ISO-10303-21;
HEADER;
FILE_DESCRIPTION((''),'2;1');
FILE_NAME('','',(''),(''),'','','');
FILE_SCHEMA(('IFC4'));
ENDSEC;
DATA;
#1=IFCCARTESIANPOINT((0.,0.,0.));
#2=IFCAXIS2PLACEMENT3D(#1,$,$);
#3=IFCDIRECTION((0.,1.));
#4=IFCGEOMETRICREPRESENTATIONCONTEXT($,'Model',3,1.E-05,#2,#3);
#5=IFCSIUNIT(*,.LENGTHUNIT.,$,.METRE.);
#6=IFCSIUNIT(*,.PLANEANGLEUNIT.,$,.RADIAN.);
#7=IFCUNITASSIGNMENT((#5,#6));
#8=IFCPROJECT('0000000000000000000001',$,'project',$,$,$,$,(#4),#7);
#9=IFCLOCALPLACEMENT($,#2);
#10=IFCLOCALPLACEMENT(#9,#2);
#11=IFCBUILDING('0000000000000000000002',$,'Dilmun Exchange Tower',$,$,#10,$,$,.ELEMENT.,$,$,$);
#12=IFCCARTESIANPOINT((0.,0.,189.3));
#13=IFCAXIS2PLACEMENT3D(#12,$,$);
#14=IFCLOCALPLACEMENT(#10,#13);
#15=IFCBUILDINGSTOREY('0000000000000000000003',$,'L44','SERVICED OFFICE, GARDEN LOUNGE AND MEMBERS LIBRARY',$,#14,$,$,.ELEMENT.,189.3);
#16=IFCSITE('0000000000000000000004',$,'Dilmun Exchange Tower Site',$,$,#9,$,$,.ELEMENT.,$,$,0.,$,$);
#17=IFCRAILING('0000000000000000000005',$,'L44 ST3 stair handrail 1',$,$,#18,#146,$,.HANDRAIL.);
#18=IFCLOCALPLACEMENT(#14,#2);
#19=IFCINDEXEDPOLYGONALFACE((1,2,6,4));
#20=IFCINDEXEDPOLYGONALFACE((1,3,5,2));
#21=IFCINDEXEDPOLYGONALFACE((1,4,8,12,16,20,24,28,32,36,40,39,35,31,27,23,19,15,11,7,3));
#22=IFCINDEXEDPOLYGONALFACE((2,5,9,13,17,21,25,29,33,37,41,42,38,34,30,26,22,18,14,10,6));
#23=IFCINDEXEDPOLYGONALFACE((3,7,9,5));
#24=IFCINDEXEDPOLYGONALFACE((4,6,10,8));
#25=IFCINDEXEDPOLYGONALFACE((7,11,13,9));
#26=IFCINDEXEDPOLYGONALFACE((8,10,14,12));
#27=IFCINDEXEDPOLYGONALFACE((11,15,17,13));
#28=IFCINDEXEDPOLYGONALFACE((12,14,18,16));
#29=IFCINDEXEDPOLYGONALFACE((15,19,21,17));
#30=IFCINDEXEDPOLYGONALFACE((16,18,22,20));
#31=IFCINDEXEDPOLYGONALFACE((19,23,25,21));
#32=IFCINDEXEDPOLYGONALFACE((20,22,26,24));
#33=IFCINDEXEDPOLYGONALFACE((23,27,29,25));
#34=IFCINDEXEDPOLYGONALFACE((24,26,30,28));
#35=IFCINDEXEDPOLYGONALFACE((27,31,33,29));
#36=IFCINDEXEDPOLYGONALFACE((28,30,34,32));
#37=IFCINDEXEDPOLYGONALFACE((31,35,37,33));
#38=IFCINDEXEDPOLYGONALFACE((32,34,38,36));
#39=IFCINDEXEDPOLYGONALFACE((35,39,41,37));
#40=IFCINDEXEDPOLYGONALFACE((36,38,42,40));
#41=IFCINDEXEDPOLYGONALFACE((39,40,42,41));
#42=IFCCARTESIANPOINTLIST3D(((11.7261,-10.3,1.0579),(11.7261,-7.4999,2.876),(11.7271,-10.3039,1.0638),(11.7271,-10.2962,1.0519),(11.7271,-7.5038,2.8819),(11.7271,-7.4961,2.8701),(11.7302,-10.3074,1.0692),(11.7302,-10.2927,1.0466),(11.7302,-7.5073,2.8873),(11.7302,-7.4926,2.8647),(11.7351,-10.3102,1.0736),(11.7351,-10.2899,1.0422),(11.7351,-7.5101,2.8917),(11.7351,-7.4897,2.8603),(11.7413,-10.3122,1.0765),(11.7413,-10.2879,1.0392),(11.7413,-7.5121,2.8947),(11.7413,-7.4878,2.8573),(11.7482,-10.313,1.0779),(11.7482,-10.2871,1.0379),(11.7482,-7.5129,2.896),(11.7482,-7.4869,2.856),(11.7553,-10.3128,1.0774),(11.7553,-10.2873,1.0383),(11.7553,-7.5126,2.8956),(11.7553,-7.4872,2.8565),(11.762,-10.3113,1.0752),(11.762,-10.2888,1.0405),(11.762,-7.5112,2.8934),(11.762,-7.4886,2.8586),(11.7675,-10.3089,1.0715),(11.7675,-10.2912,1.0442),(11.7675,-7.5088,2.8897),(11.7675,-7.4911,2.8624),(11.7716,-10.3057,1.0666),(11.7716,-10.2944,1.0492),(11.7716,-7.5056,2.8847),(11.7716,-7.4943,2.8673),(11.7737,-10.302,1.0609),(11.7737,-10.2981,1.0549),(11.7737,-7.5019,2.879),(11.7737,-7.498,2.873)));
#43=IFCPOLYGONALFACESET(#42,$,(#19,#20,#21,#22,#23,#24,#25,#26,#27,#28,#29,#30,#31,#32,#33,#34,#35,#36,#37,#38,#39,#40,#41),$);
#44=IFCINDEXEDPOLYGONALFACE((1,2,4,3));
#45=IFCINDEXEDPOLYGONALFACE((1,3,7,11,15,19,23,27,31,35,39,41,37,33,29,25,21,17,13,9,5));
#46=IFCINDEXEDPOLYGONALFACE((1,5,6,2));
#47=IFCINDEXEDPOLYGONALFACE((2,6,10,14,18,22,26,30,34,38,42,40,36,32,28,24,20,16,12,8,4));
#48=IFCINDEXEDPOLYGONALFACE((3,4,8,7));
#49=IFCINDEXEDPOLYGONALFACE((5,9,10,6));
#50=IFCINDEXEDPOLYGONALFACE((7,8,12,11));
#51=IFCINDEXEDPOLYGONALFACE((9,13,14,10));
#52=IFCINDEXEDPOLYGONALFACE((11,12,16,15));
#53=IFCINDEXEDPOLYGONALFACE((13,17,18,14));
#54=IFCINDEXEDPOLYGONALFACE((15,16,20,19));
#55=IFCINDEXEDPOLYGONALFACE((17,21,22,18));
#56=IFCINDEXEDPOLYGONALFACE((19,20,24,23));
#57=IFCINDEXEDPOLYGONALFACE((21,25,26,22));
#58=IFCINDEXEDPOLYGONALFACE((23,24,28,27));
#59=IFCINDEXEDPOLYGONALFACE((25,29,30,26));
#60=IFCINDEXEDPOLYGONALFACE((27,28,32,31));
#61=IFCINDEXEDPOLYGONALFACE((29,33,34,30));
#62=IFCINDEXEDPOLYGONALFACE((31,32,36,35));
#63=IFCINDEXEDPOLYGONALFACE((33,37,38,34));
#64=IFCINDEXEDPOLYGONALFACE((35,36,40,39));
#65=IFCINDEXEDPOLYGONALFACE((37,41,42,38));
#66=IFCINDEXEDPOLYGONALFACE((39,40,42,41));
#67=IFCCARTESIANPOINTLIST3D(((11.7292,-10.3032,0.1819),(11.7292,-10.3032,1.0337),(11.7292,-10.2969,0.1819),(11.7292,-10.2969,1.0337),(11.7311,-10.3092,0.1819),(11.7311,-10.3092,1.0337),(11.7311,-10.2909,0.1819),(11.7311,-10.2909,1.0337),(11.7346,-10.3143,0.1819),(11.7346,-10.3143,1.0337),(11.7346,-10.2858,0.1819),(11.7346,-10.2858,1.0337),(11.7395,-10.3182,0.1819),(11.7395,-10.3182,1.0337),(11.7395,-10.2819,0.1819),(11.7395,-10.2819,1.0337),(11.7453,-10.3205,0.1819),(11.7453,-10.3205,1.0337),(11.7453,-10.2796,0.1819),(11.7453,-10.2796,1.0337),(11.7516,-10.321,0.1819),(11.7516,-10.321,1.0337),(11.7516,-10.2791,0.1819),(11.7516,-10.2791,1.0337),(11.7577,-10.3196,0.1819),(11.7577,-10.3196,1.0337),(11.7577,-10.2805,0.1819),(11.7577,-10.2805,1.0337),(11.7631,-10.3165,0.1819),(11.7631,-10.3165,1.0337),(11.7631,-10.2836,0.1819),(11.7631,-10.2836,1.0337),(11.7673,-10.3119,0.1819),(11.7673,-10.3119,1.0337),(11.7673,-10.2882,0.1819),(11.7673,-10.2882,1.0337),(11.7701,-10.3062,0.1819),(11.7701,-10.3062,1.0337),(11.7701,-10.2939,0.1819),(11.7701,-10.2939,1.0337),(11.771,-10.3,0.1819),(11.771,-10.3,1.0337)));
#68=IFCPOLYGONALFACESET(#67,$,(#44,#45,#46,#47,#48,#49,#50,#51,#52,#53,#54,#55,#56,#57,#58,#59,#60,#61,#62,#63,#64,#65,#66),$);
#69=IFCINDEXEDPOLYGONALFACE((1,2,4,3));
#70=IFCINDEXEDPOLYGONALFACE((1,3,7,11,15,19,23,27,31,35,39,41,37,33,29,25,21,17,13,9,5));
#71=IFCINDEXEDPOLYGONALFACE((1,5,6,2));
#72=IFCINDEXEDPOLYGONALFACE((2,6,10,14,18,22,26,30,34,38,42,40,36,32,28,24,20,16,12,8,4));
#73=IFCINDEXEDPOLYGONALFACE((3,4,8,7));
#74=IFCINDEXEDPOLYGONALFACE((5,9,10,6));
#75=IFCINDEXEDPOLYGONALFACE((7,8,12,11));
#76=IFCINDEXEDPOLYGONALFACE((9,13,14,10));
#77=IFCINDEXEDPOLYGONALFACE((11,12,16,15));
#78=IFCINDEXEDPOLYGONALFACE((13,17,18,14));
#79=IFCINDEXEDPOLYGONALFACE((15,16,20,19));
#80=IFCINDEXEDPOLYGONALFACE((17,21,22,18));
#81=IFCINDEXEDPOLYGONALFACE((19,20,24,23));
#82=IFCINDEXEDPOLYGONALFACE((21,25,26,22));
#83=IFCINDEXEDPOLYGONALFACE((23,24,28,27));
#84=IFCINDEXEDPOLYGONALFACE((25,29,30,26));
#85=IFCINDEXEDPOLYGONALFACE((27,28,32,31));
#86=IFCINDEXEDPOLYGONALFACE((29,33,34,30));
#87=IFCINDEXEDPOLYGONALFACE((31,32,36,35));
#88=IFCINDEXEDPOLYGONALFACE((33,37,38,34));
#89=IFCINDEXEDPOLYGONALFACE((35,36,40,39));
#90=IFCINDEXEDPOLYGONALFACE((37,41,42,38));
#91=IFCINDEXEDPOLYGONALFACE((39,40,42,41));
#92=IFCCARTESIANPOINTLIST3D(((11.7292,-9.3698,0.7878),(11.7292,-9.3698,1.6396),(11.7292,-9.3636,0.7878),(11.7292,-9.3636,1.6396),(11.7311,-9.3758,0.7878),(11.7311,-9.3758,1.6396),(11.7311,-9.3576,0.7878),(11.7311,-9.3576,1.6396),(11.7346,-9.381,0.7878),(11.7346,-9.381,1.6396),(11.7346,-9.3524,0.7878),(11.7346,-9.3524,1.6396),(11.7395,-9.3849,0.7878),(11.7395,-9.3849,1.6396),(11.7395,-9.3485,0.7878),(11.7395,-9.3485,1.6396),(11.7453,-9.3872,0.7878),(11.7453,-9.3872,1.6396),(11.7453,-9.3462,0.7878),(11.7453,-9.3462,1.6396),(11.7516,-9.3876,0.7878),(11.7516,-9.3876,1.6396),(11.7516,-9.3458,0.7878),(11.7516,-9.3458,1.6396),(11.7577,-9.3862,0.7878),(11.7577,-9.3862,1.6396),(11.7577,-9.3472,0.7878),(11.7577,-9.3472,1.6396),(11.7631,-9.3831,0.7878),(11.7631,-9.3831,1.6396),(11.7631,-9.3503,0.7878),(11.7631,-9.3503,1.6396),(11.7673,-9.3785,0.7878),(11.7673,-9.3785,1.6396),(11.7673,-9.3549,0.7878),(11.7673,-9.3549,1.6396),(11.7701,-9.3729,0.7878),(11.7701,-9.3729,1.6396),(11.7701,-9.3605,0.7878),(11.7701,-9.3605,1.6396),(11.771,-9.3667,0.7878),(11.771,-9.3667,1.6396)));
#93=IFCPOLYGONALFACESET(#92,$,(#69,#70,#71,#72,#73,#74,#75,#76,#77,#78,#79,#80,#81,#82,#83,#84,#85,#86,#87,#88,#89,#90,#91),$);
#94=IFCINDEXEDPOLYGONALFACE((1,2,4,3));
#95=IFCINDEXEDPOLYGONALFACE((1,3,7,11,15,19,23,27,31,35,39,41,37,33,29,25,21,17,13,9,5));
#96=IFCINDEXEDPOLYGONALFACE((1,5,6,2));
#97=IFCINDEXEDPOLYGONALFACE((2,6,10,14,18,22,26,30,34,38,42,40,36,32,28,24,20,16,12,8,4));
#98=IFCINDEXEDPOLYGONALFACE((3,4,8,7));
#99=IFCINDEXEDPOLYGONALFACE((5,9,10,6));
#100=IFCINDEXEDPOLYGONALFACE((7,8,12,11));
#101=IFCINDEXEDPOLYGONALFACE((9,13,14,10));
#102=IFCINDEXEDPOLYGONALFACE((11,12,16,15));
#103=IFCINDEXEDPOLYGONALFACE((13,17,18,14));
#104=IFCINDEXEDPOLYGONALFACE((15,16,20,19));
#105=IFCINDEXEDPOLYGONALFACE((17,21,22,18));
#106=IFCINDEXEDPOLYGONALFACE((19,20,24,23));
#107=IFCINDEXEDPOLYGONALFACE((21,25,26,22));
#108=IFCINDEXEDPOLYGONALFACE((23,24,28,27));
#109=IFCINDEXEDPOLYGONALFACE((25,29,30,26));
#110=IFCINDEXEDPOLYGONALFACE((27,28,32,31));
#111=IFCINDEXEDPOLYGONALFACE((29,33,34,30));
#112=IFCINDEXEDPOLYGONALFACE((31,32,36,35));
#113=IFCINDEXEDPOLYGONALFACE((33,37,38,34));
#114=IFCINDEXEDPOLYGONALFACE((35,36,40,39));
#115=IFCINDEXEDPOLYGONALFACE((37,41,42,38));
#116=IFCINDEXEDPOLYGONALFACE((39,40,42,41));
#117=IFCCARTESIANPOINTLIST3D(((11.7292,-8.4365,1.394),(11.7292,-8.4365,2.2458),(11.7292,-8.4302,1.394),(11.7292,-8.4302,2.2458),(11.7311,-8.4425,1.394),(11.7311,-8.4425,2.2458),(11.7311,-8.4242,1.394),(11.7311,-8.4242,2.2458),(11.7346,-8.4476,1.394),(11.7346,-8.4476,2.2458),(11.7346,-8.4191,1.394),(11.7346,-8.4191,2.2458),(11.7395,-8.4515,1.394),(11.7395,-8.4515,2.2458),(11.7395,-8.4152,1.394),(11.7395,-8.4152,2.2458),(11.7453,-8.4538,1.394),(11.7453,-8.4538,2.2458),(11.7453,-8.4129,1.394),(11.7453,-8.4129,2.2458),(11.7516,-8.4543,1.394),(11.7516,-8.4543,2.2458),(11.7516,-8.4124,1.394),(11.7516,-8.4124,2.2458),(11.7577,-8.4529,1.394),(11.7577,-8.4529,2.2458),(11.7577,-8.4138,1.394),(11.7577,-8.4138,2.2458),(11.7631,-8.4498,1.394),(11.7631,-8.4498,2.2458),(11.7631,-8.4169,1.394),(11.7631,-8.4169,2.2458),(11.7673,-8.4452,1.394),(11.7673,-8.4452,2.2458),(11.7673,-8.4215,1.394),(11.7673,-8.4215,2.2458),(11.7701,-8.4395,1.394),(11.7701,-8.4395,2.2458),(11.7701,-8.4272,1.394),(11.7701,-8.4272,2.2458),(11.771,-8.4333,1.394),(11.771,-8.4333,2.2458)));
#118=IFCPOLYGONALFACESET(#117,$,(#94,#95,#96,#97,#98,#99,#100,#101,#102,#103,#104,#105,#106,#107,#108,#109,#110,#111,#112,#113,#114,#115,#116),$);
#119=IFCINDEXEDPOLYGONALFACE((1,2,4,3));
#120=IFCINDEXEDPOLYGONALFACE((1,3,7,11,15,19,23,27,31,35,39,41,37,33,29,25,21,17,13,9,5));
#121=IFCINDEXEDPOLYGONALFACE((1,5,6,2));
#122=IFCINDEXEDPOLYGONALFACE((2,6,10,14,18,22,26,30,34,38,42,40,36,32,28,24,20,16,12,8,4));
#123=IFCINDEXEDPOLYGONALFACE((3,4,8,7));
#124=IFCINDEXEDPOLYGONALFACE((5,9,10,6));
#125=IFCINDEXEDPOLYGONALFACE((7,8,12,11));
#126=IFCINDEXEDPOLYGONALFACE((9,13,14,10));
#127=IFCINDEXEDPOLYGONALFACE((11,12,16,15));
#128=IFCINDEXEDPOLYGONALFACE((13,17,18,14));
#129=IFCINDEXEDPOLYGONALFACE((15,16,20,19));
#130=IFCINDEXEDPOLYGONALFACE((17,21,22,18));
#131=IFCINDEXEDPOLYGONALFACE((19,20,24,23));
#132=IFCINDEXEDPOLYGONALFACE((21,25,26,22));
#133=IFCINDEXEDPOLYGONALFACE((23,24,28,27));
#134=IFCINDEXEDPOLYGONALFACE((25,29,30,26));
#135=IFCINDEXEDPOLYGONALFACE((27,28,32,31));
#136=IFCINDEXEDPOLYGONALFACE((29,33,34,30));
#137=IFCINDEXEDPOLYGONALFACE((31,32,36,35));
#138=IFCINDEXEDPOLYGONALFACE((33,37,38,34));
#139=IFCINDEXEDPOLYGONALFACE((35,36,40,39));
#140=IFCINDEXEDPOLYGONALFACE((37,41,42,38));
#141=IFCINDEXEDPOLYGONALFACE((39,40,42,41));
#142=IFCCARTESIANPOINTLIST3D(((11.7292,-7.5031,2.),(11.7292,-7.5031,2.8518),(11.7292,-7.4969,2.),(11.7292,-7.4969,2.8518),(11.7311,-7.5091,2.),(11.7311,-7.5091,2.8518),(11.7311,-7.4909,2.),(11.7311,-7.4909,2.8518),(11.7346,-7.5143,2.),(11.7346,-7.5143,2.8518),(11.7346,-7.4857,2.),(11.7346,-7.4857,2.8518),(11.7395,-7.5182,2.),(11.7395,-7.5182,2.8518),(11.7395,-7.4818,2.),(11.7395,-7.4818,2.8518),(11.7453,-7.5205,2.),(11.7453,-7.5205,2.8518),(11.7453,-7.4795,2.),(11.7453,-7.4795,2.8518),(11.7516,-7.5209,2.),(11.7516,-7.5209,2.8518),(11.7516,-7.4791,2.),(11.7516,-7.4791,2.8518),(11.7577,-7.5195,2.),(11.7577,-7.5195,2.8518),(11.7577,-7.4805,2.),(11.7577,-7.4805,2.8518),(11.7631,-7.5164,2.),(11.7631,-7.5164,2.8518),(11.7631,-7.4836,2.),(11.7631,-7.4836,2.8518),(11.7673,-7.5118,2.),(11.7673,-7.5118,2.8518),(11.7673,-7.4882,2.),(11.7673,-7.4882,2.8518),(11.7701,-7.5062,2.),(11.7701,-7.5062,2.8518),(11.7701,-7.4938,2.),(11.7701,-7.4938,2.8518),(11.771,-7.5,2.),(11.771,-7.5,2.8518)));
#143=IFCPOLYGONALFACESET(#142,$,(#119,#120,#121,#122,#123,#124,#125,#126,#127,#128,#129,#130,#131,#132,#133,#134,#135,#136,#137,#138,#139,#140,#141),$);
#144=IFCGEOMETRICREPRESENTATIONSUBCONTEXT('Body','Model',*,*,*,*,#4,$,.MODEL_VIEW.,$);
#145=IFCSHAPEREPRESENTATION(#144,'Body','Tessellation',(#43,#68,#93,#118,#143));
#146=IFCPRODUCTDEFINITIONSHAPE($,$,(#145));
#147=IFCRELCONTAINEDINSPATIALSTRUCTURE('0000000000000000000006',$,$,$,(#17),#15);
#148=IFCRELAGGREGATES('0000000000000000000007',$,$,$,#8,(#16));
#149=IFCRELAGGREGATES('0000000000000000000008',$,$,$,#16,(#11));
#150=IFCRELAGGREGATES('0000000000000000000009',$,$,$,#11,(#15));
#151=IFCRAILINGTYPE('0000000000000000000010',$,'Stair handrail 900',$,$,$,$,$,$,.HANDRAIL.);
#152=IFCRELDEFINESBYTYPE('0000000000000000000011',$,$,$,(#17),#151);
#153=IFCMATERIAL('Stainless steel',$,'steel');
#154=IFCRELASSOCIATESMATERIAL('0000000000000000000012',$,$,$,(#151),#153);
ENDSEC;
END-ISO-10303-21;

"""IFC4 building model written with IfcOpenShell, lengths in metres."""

from ifc_helpers import new_model, si_unit, direction, frame, origin, origin_2d, place, context, subcontext, project, spatial, circle, extrude, material, type_object, element, save


model = new_model("IFC4")

# Units and contexts
model_context = context("Model", 3, precision=1e-05, world=origin(), true_north=direction((0.0, 1.0)))
body_context = subcontext(model_context, "Body", "Model", "MODEL_VIEW")
ifc_project = project(units=[si_unit("LENGTHUNIT", "METRE"), si_unit("PLANEANGLEUNIT", "RADIAN")], contexts=[model_context])

# Site, building, storey
site_placement = place(None, origin())
site = spatial("IfcSite", under=ifc_project, at=site_placement, Name="Dilmun Exchange Tower Site", CompositionType="ELEMENT", RefElevation=0.0)
building_placement = place(site_placement, origin())
building = spatial("IfcBuilding", under=site, at=building_placement, Name="Dilmun Exchange Tower", CompositionType="ELEMENT")
storey_placement = place(building_placement, frame((0.0, 0.0, 189.3)))
storey = spatial("IfcBuildingStorey", under=building, at=storey_placement, Name="L44", Description="SERVICED OFFICE, GARDEN LOUNGE AND MEMBERS LIBRARY", CompositionType="ELEMENT", Elevation=189.3)

# Railing
ifc_material_1 = material(Name="Stainless steel", Category="steel")
railing_type = type_object("IfcRailingType", Name="Stair handrail 900", PredefinedType="HANDRAIL", material=ifc_material_1)
railing_placement = place(storey_placement, frame((11.75, -10.3, 0.1819)))
element("IfcRailing", 1, at=railing_placement, inside=storey, type_object=railing_type, Name="L44 ST3 stair handrail 1", PredefinedType="HANDRAIL", context=body_context, shape_type="SweptSolid", body=[
    extrude(circle(Radius=0.0239, at=origin_2d()), frame((0.0, 0.0, 0.876), z_axis=(0.0, 0.838706, 0.544585), x_axis=(-1.0, 0.0, 0.0)), (0.0, 0.0, 1.0), 3.3386),
    extrude(circle(Radius=0.021, at=origin_2d()), origin(), (0.0, 0.0, 1.0), 0.8518),
    extrude(circle(Radius=0.021, at=origin_2d()), frame((0.0, 0.9333, 0.606)), (0.0, 0.0, 1.0), 0.8518),
    extrude(circle(Radius=0.021, at=origin_2d()), frame((0.0, 1.8667, 1.2122)), (0.0, 0.0, 1.0), 0.8518),
    extrude(circle(Radius=0.021, at=origin_2d()), frame((0.0, 2.8, 1.8181)), (0.0, 0.0, 1.0), 0.8518),
])

save(model, "model.ifc")
